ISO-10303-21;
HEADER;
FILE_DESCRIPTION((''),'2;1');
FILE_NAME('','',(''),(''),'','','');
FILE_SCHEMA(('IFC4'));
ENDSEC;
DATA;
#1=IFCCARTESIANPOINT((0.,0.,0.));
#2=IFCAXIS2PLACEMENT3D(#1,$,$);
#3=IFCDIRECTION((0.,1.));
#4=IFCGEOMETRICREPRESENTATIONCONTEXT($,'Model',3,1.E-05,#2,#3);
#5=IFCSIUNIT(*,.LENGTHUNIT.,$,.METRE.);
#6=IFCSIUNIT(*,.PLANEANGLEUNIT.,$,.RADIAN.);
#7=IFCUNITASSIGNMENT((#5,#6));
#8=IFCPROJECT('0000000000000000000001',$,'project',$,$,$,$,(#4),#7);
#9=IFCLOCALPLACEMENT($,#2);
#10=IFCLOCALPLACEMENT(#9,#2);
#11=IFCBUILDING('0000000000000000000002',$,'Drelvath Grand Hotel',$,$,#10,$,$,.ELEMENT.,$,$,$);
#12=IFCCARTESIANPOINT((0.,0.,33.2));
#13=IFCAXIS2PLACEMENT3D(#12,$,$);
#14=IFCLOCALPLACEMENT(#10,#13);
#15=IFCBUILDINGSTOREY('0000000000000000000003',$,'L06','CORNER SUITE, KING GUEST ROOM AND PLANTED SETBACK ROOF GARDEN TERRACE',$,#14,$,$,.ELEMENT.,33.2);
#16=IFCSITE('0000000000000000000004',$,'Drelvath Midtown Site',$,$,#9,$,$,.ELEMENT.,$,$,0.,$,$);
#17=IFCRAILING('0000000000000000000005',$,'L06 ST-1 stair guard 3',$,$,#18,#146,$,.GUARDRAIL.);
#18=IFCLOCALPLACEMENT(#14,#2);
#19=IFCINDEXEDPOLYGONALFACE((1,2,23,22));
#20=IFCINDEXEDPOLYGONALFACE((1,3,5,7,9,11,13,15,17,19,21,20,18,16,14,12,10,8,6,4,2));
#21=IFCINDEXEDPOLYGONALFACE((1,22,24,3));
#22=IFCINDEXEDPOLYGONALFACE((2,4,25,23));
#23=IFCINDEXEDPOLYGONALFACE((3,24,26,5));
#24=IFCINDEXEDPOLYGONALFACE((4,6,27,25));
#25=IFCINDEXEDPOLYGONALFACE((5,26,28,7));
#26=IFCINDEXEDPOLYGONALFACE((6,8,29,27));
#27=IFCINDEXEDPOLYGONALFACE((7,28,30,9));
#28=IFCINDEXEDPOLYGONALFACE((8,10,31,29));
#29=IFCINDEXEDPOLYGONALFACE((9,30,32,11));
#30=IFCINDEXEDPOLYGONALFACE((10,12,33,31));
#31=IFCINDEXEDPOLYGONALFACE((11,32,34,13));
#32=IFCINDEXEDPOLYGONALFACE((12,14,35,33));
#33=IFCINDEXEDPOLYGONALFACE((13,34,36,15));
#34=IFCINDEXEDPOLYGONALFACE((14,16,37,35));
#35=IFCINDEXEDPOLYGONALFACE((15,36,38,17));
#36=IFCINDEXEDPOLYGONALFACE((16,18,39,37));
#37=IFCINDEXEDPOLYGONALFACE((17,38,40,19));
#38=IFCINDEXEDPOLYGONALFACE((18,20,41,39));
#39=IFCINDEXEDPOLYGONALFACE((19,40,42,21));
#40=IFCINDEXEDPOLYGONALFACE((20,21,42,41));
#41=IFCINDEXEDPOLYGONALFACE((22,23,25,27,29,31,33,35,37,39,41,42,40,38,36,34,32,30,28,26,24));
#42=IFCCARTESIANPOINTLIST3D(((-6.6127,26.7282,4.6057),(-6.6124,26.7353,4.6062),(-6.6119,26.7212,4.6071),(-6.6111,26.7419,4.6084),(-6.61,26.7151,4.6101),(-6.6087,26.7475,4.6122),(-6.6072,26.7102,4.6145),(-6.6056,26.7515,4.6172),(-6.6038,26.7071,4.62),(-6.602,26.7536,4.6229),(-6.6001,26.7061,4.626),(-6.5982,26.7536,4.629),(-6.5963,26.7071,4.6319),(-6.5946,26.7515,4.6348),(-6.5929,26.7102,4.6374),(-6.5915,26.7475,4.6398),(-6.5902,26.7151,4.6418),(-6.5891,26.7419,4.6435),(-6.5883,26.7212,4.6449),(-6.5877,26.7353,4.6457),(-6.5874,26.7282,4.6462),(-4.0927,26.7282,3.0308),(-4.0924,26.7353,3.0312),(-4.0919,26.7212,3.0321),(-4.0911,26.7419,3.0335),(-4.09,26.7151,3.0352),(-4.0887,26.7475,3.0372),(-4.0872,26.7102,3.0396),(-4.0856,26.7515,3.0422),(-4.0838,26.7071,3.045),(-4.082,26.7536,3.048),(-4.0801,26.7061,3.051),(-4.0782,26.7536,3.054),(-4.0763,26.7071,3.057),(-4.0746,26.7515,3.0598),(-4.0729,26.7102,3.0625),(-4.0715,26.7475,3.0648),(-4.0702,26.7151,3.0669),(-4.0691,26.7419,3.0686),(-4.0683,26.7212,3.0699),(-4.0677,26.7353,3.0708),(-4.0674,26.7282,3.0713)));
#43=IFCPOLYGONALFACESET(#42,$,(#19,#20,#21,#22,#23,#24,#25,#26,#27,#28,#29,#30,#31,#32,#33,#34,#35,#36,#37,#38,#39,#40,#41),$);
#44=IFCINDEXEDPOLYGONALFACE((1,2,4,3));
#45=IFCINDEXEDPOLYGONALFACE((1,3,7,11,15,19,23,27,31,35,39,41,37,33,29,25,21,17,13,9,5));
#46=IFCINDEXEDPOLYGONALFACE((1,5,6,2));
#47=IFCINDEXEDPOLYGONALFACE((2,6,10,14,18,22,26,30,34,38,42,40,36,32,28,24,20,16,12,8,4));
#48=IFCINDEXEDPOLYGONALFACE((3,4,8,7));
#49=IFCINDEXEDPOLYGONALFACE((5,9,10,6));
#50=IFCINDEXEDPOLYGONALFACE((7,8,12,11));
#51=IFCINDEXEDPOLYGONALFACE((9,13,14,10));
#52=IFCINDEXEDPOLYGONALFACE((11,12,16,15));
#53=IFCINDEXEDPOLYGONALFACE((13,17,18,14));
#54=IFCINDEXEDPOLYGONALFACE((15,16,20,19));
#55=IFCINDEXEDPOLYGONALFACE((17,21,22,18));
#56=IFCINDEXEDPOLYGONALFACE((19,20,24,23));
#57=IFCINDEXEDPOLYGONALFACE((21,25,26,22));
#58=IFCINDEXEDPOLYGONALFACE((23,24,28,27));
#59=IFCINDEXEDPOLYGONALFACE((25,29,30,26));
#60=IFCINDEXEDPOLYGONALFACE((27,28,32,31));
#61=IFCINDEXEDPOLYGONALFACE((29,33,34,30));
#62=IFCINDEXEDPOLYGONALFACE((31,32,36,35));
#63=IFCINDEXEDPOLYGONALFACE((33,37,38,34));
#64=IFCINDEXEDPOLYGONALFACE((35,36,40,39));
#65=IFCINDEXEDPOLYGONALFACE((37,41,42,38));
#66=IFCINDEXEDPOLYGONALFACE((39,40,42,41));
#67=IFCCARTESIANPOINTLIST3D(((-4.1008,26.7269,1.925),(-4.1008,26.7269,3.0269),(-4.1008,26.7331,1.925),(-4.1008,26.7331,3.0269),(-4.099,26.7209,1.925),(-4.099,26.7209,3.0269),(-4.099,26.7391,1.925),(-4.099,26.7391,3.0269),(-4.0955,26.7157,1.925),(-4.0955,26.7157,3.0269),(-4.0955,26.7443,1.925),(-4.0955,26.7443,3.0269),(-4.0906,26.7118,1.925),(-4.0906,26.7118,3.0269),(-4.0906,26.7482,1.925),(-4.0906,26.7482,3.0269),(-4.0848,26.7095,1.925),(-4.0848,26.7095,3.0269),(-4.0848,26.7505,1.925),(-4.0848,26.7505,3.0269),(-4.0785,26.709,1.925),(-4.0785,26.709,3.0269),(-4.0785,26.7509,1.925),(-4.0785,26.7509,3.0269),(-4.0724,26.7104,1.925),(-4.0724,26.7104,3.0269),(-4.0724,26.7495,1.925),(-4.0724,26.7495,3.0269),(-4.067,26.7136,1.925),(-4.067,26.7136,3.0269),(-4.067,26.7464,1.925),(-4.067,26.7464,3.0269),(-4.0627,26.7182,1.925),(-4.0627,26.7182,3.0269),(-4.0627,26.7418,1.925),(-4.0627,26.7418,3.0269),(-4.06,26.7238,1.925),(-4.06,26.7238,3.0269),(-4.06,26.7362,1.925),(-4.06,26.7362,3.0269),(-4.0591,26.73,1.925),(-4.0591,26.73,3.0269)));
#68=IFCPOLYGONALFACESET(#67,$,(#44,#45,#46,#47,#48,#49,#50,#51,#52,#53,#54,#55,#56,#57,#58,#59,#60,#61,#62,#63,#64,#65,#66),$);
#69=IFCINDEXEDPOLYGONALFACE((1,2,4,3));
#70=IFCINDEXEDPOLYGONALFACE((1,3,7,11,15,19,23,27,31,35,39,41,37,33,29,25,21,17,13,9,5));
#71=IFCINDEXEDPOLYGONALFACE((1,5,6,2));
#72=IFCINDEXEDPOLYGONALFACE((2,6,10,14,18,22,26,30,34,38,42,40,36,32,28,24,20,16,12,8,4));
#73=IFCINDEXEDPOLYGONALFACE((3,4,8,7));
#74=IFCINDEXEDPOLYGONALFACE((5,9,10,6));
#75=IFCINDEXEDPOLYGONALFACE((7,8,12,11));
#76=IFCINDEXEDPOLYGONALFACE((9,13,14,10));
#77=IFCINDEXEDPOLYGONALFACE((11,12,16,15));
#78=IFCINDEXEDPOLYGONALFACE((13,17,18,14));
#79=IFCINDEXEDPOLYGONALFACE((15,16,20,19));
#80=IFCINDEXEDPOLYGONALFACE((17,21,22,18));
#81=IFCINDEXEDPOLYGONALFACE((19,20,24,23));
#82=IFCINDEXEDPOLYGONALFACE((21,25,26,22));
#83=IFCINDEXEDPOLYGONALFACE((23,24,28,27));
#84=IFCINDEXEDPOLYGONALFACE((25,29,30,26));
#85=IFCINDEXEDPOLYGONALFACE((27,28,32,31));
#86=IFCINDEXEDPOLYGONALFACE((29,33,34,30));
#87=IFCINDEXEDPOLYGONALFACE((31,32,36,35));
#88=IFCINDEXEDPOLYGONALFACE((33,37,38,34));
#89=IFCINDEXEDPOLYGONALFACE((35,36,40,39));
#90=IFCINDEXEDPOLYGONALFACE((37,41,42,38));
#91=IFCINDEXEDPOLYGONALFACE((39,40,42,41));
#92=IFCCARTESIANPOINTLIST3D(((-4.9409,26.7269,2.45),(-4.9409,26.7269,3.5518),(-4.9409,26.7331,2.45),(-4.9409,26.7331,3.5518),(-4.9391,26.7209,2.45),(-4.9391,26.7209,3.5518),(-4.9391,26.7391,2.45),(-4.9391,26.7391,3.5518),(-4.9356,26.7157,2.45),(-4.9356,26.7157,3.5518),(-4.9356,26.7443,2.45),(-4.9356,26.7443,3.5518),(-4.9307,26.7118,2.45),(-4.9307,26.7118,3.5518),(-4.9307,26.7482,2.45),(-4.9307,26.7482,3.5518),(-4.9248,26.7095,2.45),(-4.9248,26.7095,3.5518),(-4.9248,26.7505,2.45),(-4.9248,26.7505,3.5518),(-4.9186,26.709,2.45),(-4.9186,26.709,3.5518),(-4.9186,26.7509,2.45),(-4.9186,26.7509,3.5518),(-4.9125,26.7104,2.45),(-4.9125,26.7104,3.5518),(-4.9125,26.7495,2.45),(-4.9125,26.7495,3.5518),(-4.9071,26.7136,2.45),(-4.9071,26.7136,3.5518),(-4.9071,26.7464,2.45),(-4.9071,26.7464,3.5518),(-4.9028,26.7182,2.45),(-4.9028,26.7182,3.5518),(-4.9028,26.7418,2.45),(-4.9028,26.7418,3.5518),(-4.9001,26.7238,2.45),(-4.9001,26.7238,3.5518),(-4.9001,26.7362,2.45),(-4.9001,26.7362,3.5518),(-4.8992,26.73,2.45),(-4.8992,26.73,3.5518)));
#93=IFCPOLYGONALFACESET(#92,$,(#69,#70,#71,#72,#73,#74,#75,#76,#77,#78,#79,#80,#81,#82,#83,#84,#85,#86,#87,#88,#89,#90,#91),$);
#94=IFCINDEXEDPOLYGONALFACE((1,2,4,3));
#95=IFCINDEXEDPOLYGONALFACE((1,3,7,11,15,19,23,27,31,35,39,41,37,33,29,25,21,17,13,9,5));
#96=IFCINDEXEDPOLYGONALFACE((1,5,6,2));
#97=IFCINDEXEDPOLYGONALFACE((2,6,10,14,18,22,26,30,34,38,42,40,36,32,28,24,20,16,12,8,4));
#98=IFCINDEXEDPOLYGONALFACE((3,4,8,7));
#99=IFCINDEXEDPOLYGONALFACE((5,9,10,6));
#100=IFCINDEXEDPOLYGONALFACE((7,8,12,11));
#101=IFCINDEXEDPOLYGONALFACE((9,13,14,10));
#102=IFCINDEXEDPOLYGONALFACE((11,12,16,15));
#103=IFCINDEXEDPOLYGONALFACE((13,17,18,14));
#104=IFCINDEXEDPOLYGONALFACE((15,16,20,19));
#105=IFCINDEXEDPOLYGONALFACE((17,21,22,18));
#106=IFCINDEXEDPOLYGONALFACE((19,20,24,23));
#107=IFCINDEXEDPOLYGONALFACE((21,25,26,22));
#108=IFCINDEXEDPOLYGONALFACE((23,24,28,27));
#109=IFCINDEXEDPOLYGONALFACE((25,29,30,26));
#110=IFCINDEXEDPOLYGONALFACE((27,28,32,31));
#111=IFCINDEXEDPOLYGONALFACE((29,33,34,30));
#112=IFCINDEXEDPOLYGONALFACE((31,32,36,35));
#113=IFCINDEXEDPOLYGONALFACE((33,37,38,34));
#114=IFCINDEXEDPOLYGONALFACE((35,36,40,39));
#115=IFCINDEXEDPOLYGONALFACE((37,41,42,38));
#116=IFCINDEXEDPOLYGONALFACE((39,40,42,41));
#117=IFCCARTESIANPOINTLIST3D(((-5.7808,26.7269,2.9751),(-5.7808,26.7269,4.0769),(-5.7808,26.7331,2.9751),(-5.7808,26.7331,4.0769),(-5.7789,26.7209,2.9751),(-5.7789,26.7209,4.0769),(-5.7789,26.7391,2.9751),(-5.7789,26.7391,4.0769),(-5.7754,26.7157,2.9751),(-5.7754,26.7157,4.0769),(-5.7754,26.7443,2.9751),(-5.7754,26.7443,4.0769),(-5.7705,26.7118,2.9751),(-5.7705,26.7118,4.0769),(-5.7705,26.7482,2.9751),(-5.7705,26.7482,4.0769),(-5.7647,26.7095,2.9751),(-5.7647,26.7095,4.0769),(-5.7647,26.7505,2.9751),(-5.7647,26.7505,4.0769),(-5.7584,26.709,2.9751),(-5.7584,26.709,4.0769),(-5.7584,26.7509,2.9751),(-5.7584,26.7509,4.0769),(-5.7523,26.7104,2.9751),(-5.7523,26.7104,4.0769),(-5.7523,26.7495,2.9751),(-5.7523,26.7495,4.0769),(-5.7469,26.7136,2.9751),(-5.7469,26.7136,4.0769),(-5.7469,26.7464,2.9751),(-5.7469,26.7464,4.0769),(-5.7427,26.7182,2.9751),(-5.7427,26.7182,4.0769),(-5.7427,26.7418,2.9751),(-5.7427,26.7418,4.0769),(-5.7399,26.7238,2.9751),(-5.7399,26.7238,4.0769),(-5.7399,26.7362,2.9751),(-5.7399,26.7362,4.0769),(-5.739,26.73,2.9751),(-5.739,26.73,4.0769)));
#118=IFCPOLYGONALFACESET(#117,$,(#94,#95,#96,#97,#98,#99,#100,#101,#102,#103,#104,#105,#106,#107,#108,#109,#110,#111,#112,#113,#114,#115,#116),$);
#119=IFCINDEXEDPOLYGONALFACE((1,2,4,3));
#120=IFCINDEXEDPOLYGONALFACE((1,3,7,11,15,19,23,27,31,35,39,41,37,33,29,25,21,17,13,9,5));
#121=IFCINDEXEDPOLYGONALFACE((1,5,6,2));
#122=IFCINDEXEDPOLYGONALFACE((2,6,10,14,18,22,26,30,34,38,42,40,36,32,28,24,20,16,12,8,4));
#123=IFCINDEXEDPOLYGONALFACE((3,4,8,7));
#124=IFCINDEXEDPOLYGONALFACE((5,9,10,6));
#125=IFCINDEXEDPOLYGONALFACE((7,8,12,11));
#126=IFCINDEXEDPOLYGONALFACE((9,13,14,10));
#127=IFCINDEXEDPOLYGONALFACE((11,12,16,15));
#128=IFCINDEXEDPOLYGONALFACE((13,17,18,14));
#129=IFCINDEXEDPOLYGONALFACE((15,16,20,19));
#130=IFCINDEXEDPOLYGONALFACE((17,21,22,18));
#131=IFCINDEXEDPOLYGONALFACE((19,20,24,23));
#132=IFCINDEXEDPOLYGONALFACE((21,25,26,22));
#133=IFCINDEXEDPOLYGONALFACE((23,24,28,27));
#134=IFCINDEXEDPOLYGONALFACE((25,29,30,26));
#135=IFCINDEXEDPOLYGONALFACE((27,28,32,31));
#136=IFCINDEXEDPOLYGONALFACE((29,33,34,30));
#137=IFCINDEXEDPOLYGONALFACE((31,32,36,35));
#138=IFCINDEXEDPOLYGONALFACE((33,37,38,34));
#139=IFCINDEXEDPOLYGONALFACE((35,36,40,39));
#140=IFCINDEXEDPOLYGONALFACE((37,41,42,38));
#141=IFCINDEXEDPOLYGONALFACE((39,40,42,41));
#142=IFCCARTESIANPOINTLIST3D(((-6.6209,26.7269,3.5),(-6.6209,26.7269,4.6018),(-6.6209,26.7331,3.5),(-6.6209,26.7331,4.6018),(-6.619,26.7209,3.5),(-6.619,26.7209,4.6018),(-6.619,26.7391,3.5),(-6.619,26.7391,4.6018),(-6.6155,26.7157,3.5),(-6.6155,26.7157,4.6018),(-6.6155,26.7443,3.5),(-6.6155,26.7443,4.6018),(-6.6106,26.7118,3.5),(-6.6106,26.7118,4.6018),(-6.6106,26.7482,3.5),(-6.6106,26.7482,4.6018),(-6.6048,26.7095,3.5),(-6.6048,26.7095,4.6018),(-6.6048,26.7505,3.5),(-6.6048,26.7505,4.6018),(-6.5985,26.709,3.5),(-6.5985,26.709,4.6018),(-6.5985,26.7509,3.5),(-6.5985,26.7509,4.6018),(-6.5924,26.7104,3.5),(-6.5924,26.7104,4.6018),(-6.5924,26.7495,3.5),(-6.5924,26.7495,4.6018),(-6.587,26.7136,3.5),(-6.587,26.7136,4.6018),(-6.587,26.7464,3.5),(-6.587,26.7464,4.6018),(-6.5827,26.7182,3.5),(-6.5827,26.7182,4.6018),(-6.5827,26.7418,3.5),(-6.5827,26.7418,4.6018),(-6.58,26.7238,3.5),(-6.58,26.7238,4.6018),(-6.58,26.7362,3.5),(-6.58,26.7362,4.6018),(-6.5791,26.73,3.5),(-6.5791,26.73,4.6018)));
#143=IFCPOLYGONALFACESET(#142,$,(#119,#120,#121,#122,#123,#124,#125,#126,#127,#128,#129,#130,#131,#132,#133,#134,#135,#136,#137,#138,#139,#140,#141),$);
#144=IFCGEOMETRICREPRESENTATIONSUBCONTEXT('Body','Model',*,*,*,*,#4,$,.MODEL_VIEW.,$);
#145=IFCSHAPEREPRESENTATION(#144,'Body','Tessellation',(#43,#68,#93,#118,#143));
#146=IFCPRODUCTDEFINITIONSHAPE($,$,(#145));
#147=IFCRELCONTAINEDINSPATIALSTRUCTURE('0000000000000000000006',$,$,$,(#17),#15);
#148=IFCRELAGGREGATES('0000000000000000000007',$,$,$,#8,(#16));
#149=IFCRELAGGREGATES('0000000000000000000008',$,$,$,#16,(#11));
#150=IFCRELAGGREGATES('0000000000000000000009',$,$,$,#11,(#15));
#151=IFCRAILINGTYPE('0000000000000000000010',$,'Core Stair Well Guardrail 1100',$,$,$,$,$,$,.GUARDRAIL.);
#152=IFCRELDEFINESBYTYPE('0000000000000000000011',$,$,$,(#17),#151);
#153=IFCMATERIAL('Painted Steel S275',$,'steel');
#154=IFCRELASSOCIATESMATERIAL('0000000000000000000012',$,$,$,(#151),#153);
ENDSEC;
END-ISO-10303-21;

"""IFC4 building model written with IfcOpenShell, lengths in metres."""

from ifc_helpers import new_model, si_unit, direction, frame, origin, origin_2d, place, context, subcontext, project, spatial, circle, extrude, material, type_object, element, save


model = new_model("IFC4")

# Units and contexts
model_context = context("Model", 3, precision=1e-05, world=origin(), true_north=direction((0.0, 1.0)))
body_context = subcontext(model_context, "Body", "Model", "MODEL_VIEW")
ifc_project = project(units=[si_unit("LENGTHUNIT", "METRE"), si_unit("PLANEANGLEUNIT", "RADIAN")], contexts=[model_context])

# Site, building, storey
site_placement = place(None, origin())
site = spatial("IfcSite", under=ifc_project, at=site_placement, Name="Drelvath Midtown Site", CompositionType="ELEMENT", RefElevation=0.0)
building_placement = place(site_placement, origin())
building = spatial("IfcBuilding", under=site, at=building_placement, Name="Drelvath Grand Hotel", CompositionType="ELEMENT")
storey_placement = place(building_placement, frame((0.0, 0.0, 33.2)))
storey = spatial("IfcBuildingStorey", under=building, at=storey_placement, Name="L06", Description="CORNER SUITE, KING GUEST ROOM AND PLANTED SETBACK ROOF GARDEN TERRACE", CompositionType="ELEMENT", Elevation=33.2)

# Shared definitions
ifc_material_1 = material(Name="Painted Steel S275", Category="steel")

# Railing
railing_type_1 = type_object("IfcRailingType", Name="Core Stair Well Guardrail 1100", PredefinedType="GUARDRAIL", material=ifc_material_1)
railing_1_placement = place(storey_placement, frame((-4.0801, 26.73, 1.925)))
element("IfcRailing", 1, at=railing_1_placement, inside=storey, type_object=railing_type_1, Name="L06 ST-1 stair guard 3", PredefinedType="GUARDRAIL", context=body_context, shape_type="SweptSolid", body=[
    extrude(circle(Radius=0.0239, at=origin_2d()), frame((0.0, 0.0, 1.126), z_axis=(-0.848008, 0.0, 0.529984), x_axis=(0.0, -1.0, 0.0)), (0.0, 0.0, 1.0), 2.9717),
    extrude(circle(Radius=0.021, at=origin_2d()), origin(), (0.0, 0.0, 1.0), 1.1018),
    extrude(circle(Radius=0.021, at=origin_2d()), frame((-0.8401, 0.0, 0.5249)), (0.0, 0.0, 1.0), 1.1018),
    extrude(circle(Radius=0.021, at=origin_2d()), frame((-1.6799, 0.0, 1.05)), (0.0, 0.0, 1.0), 1.1018),
    extrude(circle(Radius=0.021, at=origin_2d()), frame((-2.52, 0.0, 1.575)), (0.0, 0.0, 1.0), 1.1018),
])

save(model, "model.ifc")
